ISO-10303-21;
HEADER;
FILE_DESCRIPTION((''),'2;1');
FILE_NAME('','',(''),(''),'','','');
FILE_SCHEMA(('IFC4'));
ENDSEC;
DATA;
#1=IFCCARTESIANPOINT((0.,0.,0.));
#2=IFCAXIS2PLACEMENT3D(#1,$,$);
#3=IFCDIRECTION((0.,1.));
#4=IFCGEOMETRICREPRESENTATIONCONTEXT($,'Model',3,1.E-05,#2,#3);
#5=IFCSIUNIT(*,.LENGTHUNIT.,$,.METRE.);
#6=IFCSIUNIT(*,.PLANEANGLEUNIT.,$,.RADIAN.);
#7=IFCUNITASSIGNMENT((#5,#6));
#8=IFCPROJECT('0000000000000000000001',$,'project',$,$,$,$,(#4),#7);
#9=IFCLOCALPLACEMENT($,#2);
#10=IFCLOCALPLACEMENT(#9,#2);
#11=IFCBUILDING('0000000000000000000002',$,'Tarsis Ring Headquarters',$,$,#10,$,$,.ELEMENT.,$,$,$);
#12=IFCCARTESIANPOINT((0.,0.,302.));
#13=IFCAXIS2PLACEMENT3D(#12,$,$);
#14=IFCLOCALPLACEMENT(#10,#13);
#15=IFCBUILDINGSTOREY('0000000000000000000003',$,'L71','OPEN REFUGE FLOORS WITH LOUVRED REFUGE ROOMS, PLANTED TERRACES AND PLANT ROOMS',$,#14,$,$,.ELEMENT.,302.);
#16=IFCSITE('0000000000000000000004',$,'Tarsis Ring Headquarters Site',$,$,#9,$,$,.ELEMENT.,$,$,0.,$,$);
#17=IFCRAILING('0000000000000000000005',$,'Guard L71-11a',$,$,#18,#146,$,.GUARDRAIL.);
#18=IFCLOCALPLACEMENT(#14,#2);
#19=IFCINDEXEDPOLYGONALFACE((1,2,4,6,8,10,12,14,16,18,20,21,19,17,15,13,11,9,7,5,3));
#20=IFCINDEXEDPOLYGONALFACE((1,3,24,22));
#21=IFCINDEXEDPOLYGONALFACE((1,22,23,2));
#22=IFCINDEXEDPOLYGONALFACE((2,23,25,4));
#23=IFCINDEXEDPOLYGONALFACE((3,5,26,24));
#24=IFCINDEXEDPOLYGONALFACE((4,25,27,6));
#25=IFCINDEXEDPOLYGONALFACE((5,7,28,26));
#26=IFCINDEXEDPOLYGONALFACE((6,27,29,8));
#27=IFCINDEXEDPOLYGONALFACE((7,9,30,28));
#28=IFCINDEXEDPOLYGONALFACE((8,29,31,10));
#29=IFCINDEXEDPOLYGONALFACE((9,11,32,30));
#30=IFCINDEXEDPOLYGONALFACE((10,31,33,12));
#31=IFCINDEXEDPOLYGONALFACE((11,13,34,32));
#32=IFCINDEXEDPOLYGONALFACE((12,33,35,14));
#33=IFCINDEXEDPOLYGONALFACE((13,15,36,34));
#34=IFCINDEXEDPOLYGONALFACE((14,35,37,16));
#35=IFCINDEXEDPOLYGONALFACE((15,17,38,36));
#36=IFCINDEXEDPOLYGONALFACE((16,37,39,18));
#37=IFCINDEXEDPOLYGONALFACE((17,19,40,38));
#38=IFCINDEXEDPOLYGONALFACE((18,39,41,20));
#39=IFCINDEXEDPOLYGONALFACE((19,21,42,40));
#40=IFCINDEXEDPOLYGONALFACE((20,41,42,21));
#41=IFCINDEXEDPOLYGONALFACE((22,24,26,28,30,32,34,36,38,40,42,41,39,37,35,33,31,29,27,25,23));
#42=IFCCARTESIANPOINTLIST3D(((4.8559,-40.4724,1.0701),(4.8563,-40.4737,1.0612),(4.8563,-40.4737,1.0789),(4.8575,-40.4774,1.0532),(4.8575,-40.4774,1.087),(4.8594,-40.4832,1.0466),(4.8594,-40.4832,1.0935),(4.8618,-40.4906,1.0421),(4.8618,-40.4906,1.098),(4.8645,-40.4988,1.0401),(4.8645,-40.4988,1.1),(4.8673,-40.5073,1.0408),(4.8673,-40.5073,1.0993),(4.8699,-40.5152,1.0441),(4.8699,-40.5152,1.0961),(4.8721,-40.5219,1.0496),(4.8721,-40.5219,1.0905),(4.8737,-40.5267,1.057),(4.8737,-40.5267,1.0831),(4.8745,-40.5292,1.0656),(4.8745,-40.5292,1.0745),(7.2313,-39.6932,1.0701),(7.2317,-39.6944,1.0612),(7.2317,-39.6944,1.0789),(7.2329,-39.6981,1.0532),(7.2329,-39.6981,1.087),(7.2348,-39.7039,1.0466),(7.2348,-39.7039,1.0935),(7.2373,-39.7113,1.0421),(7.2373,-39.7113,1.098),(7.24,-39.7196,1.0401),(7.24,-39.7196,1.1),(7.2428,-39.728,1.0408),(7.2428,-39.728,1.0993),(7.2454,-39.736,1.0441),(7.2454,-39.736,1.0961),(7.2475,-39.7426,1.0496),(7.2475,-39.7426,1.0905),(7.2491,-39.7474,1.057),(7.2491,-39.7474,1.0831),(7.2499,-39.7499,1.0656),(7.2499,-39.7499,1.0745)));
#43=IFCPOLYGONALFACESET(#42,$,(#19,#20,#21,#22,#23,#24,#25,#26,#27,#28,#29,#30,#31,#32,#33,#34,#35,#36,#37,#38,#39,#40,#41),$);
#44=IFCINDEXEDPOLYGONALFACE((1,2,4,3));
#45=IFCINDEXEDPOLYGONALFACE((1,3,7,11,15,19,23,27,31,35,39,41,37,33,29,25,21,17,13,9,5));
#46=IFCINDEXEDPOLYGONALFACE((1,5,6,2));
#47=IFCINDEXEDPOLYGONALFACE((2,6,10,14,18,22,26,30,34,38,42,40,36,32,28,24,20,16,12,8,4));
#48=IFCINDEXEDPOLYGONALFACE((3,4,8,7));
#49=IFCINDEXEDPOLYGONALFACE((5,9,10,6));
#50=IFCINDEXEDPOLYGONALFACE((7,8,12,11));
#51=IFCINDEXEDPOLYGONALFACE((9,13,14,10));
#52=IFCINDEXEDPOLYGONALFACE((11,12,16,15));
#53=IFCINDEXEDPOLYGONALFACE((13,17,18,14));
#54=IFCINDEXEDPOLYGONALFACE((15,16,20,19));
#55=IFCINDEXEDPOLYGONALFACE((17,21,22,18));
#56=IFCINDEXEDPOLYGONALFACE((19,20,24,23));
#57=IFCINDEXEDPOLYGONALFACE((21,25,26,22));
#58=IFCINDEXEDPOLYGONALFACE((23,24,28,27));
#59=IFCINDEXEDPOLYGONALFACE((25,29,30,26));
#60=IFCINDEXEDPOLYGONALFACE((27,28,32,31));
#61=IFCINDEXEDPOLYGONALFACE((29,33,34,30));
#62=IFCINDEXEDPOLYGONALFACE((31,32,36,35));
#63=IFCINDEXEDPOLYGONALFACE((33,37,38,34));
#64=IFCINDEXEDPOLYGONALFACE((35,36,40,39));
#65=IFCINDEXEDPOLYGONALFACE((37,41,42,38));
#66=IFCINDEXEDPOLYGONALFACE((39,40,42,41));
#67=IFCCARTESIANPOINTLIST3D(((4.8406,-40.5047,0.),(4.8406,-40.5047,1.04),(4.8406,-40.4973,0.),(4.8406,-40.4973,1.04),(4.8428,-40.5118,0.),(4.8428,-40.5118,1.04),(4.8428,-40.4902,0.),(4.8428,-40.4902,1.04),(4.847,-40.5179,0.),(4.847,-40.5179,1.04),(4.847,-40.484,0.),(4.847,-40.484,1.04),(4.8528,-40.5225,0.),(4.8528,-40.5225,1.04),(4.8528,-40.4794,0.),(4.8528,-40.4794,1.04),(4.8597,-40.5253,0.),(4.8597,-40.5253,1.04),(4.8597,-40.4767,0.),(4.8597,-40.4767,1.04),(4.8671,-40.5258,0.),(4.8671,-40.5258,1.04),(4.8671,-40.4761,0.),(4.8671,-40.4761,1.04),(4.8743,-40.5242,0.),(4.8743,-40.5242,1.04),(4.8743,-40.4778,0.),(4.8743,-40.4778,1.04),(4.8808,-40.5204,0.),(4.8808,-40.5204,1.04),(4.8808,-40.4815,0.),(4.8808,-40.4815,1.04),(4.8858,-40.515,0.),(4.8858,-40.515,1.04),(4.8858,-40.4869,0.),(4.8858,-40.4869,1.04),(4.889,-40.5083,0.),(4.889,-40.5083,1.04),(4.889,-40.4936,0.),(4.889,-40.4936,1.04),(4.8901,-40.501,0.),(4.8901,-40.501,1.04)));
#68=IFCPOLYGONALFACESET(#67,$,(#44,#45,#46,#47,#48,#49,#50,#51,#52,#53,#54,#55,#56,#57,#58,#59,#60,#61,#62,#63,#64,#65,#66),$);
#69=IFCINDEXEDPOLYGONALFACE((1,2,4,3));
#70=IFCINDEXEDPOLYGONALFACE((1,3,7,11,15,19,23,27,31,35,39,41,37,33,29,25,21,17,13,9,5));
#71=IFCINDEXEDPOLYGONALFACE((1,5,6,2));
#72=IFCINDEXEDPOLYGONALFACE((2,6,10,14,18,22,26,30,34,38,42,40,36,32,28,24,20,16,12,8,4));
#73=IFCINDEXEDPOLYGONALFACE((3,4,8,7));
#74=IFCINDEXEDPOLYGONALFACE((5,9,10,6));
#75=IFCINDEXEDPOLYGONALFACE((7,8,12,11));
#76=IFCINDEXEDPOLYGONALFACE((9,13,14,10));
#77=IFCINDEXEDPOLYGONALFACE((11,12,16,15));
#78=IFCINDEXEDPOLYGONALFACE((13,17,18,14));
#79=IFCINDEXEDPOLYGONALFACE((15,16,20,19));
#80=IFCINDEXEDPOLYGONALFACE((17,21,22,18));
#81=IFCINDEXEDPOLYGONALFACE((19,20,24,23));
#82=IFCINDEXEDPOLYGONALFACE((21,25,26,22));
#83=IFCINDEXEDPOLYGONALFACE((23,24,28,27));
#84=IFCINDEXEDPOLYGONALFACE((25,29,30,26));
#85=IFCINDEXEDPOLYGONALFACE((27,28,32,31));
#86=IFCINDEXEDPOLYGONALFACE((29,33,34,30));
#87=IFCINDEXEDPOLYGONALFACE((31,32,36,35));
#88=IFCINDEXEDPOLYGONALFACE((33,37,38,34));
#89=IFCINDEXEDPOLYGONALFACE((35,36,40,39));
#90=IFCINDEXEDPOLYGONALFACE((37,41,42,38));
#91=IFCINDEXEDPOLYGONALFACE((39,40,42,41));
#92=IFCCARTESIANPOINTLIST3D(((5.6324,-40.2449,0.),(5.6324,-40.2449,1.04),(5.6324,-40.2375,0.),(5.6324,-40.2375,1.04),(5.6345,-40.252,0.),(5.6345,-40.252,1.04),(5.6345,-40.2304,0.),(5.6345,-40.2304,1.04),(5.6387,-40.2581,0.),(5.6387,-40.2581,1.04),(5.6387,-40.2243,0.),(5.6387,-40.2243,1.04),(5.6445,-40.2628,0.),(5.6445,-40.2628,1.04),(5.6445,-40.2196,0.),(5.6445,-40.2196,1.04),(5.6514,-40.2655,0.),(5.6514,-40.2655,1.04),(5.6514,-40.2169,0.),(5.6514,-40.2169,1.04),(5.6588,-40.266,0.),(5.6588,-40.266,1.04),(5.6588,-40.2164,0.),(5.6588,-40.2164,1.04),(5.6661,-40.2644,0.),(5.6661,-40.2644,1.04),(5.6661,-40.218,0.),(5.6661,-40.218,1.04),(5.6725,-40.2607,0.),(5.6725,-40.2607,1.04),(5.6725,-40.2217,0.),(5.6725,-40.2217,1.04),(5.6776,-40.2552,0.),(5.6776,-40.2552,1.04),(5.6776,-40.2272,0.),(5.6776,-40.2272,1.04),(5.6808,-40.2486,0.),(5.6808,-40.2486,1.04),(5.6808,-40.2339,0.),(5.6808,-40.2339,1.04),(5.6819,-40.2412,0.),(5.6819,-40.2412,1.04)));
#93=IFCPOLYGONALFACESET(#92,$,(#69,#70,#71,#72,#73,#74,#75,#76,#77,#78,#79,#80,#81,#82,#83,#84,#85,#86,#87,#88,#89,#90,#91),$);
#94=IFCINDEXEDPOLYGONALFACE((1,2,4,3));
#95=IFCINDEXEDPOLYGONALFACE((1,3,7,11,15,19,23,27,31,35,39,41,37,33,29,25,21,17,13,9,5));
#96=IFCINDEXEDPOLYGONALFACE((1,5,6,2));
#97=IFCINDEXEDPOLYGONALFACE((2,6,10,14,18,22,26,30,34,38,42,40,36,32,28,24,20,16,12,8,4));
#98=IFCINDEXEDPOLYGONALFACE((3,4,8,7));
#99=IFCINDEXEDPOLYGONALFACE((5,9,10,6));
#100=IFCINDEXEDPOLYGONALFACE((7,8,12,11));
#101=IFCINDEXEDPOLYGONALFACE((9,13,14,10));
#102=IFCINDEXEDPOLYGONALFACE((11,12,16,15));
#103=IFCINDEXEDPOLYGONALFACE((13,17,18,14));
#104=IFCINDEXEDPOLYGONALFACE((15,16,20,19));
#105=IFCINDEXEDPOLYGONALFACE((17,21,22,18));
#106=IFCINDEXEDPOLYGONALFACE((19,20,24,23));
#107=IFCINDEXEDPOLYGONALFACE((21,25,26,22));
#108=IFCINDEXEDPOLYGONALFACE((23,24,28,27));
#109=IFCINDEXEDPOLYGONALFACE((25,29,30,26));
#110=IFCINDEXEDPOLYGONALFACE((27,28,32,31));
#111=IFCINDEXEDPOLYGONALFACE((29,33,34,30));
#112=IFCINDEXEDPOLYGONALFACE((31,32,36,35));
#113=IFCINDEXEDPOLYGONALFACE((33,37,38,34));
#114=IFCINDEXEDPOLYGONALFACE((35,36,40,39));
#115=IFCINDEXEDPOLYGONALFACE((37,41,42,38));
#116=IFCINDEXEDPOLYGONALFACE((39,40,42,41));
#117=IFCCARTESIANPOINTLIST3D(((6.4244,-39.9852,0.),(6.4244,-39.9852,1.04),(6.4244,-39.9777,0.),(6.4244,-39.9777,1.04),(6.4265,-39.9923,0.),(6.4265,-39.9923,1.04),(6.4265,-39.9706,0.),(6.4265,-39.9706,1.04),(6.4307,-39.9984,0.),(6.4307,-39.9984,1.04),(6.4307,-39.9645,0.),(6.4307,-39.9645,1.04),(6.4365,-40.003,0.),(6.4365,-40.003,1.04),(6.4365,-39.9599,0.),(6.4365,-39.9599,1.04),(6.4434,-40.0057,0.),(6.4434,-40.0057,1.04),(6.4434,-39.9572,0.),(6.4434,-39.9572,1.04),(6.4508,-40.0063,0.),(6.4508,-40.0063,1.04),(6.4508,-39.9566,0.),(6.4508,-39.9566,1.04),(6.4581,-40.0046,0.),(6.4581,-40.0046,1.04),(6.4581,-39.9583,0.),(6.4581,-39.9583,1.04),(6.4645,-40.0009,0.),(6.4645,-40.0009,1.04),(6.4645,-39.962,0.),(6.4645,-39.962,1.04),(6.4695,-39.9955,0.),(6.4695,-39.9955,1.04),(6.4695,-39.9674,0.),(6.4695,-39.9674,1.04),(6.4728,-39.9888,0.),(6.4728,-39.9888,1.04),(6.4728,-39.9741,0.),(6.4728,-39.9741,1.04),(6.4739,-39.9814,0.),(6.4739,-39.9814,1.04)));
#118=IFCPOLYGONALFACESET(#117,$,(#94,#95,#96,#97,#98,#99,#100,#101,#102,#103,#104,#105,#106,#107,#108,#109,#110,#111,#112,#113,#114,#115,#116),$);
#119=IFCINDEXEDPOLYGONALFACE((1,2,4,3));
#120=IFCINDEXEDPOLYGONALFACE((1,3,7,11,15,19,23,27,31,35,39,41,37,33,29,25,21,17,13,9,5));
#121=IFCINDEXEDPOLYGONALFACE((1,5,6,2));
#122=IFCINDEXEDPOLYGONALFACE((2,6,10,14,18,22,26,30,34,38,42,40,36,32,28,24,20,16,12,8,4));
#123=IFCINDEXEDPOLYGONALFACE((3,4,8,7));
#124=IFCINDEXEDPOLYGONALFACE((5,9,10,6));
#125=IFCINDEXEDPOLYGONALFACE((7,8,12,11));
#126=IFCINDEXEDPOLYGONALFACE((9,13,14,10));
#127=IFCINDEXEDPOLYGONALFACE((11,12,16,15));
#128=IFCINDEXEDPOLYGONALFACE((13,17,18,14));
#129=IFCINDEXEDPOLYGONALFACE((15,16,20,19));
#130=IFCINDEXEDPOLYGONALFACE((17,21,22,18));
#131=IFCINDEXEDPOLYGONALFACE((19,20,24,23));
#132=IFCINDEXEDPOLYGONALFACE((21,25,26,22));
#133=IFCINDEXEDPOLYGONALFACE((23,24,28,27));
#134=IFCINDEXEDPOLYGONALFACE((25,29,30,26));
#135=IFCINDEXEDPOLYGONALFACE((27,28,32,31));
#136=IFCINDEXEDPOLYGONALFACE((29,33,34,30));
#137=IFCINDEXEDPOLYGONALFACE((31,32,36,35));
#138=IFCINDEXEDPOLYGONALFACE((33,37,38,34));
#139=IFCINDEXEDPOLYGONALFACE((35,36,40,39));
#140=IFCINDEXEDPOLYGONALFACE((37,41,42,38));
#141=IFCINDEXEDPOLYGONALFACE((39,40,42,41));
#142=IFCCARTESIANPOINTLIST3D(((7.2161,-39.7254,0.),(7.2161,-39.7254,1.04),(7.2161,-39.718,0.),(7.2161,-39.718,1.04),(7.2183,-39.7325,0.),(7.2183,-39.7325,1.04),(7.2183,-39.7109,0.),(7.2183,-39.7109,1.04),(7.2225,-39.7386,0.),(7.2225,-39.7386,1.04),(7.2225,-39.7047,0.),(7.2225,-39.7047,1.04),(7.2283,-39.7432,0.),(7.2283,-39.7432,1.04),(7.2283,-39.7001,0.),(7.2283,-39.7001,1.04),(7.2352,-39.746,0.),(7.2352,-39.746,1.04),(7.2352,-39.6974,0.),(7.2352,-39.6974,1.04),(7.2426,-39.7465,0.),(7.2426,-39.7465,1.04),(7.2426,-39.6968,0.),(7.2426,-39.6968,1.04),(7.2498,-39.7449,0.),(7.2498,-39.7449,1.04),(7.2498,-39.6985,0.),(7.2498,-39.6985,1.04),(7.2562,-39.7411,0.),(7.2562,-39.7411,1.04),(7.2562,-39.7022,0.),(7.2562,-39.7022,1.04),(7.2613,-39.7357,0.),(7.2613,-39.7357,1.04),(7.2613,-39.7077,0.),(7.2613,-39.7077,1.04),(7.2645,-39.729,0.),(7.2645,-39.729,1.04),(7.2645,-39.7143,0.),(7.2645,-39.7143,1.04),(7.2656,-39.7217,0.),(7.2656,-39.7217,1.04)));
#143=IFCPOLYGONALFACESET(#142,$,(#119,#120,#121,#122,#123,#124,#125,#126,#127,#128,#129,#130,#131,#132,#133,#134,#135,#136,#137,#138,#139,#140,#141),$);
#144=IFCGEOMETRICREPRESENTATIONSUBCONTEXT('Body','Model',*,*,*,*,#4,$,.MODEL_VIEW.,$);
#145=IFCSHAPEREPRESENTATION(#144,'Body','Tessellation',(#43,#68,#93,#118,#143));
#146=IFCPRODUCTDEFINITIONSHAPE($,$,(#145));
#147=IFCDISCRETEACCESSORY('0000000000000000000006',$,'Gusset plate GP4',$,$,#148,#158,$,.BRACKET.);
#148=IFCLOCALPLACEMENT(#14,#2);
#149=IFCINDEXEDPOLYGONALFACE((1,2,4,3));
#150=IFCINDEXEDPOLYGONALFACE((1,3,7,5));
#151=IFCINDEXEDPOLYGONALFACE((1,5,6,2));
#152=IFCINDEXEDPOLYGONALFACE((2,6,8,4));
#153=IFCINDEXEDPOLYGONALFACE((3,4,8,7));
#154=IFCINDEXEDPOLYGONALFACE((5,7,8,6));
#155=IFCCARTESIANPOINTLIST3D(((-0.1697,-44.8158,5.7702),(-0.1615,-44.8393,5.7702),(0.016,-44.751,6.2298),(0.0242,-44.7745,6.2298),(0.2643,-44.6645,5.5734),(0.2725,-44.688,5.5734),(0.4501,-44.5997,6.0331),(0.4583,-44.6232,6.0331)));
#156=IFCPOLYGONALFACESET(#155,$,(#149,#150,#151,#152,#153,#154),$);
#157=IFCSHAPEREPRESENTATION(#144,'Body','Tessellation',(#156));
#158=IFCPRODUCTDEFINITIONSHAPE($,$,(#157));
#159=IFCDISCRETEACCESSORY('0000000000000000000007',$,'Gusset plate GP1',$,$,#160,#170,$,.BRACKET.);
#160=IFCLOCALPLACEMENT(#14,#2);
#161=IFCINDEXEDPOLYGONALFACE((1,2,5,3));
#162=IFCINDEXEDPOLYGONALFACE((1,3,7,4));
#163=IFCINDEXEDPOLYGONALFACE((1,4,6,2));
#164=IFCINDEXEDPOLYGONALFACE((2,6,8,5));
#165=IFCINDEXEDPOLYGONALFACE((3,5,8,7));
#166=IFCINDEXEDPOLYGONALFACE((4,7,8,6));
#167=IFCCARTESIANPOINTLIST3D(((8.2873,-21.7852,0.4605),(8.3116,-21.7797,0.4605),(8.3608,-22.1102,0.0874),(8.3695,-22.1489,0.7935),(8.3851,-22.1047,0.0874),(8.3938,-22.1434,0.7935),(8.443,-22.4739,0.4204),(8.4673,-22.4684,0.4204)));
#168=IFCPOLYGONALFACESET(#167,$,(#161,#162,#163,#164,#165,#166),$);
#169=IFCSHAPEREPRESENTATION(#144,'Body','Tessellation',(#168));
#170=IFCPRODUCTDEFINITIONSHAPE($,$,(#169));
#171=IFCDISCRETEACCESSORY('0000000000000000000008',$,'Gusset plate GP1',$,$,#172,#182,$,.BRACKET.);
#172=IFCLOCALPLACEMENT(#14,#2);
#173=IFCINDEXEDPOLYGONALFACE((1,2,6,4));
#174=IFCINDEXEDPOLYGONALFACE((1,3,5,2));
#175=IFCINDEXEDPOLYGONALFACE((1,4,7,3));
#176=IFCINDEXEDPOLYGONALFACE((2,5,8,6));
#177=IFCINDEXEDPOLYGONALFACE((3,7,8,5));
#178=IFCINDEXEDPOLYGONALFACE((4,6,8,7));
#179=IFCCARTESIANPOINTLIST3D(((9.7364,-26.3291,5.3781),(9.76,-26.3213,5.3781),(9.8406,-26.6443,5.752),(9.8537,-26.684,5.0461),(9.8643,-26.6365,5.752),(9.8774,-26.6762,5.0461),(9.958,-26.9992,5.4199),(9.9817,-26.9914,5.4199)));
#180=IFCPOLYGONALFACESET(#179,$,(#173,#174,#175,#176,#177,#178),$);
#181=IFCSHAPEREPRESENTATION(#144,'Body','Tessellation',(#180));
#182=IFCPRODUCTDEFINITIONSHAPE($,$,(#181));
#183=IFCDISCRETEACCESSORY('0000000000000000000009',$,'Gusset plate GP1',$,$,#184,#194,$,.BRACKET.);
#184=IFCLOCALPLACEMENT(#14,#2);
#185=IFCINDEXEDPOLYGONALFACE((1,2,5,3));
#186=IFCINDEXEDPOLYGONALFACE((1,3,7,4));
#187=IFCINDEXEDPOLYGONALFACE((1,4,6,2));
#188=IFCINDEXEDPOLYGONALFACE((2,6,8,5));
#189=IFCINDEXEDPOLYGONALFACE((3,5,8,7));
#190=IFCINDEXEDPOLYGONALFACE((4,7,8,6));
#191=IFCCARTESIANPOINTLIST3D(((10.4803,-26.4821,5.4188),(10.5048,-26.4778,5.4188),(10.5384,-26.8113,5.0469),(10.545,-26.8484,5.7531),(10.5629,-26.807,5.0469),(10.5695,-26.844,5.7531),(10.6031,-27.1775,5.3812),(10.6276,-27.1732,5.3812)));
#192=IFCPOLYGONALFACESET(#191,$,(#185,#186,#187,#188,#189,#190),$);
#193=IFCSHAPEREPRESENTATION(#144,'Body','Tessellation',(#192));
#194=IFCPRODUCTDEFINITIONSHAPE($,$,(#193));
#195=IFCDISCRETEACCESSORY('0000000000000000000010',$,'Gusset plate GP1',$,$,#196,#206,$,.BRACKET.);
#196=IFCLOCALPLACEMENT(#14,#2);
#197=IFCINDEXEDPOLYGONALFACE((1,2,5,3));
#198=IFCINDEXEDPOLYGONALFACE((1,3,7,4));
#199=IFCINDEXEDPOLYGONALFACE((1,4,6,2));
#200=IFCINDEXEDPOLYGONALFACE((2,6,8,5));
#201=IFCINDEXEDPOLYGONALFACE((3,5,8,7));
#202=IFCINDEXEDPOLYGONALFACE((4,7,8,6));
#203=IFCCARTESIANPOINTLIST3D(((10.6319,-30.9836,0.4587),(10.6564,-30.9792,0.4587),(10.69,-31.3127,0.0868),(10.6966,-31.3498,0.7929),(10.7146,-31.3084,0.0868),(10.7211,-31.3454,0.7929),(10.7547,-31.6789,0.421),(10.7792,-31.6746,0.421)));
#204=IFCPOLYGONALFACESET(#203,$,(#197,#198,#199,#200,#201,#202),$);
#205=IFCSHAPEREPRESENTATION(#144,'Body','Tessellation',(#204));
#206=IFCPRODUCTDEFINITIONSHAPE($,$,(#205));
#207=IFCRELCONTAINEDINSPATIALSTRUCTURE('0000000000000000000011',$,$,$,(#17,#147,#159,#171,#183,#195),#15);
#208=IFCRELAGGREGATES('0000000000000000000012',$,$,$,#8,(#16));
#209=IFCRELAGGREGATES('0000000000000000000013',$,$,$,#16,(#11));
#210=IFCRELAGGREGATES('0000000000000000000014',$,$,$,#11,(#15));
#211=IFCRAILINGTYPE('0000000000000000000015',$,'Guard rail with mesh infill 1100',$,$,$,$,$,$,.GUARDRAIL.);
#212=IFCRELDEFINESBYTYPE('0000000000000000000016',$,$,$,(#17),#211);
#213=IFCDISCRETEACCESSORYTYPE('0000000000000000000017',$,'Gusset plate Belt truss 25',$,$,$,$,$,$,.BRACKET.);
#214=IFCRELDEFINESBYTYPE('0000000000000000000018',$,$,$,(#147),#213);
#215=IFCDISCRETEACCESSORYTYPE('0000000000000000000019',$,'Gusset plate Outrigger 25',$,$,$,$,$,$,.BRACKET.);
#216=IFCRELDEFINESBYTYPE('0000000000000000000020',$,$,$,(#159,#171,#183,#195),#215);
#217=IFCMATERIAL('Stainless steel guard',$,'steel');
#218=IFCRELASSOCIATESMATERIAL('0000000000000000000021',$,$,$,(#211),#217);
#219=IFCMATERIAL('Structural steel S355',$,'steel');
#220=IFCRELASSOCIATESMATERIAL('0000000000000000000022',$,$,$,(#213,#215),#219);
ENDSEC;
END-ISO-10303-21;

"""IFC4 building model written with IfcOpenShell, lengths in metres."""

from ifc_helpers import new_model, si_unit, direction, frame, origin, origin_2d, place, context, subcontext, project, spatial, rectangle, circle, extrude, material, material_profile, profile_set, type_object, element, save


model = new_model("IFC4")

# Units and contexts
model_context = context("Model", 3, precision=1e-05, world=origin(), true_north=direction((0.0, 1.0)))
body_context = subcontext(model_context, "Body", "Model", "MODEL_VIEW")
ifc_project = project(units=[si_unit("LENGTHUNIT", "METRE"), si_unit("PLANEANGLEUNIT", "RADIAN")], contexts=[model_context])

# Site, building, storey
site_placement = place(None, origin())
site = spatial("IfcSite", under=ifc_project, at=site_placement, Name="Tarsis Ring Headquarters Site", CompositionType="ELEMENT", RefElevation=0.0)
building_placement = place(site_placement, origin())
building = spatial("IfcBuilding", under=site, at=building_placement, Name="Tarsis Ring Headquarters", CompositionType="ELEMENT")
storey_placement = place(building_placement, frame((0.0, 0.0, 302.0)))
storey = spatial("IfcBuildingStorey", under=building, at=storey_placement, Name="L71", Description="OPEN REFUGE FLOORS WITH LOUVRED REFUGE ROOMS, PLANTED TERRACES AND PLANT ROOMS", CompositionType="ELEMENT", Elevation=302.0)

# Shared definitions
ifc_material_1 = material(Name="Structural steel S355", Category="steel")

# Railing
ifc_material_2 = material(Name="Stainless steel guard", Category="steel")
railing_type_1 = type_object("IfcRailingType", Name="Guard rail with mesh infill 1100", PredefinedType="GUARDRAIL", material=ifc_material_2)
railing_1_placement = place(storey_placement, frame((4.8652, -40.501, 0.0)))
element("IfcRailing", 1, at=railing_1_placement, inside=storey, type_object=railing_type_1, Name="Guard L71-11a", PredefinedType="GUARDRAIL", context=body_context, shape_type="SweptSolid", body=[
    extrude(circle(Radius=0.03, at=origin_2d()), frame((0.0, 0.0, 1.0701), z_axis=(0.950176, 0.311713, 0.0), x_axis=(-0.311713, 0.950176, 0.0)), (0.0, 0.0, 1.0), 2.5),
    extrude(circle(Radius=0.0249, at=origin_2d()), origin(), (0.0, 0.0, 1.0), 1.04),
    extrude(circle(Radius=0.0249, at=origin_2d()), frame((0.7917, 0.2598, 0.0)), (0.0, 0.0, 1.0), 1.04),
    extrude(circle(Radius=0.0249, at=origin_2d()), frame((1.5837, 0.5195, 0.0)), (0.0, 0.0, 1.0), 1.04),
    extrude(circle(Radius=0.0249, at=origin_2d()), frame((2.3755, 0.7793, 0.0)), (0.0, 0.0, 1.0), 1.04),
])

# Discrete accessories
ifc_material_profile_1 = material_profile(ifc_material_1, rectangle(XDim=0.0249, YDim=0.5, at=origin_2d()), Name="PL 25x500")
ifc_profile_set_1 = profile_set([ifc_material_profile_1], Name="Structural steel S355")
discrete_accessory_type_1 = type_object("IfcDiscreteAccessoryType", Name="Gusset plate Belt truss 25", PredefinedType="BRACKET", material=ifc_profile_set_1)
discrete_accessory_1_placement = place(storey_placement, frame((-0.0728, -44.7952, 6.0), z_axis=(0.868059, 0.302698, -0.393507), x_axis=(-0.329262, 0.944239, 0.0)))
element("IfcDiscreteAccessory", 2, at=discrete_accessory_1_placement, inside=storey, type_object=discrete_accessory_type_1, Name="Gusset plate GP4", PredefinedType="BRACKET", context=body_context, shape_type="SweptSolid", body=[
    extrude(rectangle(XDim=0.0249, YDim=0.5, at=origin_2d()), origin(), (0.0, 0.0, 1.0), 0.5),
])
discrete_accessory_type_2 = type_object("IfcDiscreteAccessoryType", Name="Gusset plate Outrigger 25", PredefinedType="BRACKET", material=ifc_profile_set_1)
discrete_accessory_2_placement = place(storey_placement, frame((8.4141, -22.2893, 0.2539), z_axis=(-0.146926, 0.649698, 0.745859), x_axis=(-0.97537, -0.220576, 0.0)))
element("IfcDiscreteAccessory", 3, at=discrete_accessory_2_placement, inside=storey, type_object=discrete_accessory_type_2, Name="Gusset plate GP1", PredefinedType="BRACKET", context=body_context, shape_type="SweptSolid", body=[
    extrude(rectangle(XDim=0.0249, YDim=0.5, at=origin_2d()), origin(), (0.0, 0.0, 1.0), 0.5002),
])
for number, where, z_axis, x_axis, name in (
    (4, (9.9111, -26.8179, 5.5859), (-0.208529, 0.630471, -0.747677), (-0.949416, -0.314021, 0.0), "Gusset plate GP1"),
    (5, (10.5249, -26.6631, 5.5859), (0.116225, -0.658284, -0.743743), (0.984769, 0.173869, 0.0), "Gusset plate GP1"),
    (6, (10.7346, -31.4937, 0.2539), (-0.116225, 0.658284, 0.743743), (-0.984769, -0.173869, 0.0), "Gusset plate GP1"),
):
    element("IfcDiscreteAccessory", number, at=place(storey_placement, frame(where, z_axis=z_axis, x_axis=x_axis)), inside=storey, type_object=discrete_accessory_type_2, Name=name, PredefinedType="BRACKET", context=body_context, shape_type="SweptSolid", body=[
        extrude(rectangle(XDim=0.0249, YDim=0.5, at=origin_2d()), origin(), (0.0, 0.0, 1.0), 0.5),
    ])

save(model, "model.ifc")
